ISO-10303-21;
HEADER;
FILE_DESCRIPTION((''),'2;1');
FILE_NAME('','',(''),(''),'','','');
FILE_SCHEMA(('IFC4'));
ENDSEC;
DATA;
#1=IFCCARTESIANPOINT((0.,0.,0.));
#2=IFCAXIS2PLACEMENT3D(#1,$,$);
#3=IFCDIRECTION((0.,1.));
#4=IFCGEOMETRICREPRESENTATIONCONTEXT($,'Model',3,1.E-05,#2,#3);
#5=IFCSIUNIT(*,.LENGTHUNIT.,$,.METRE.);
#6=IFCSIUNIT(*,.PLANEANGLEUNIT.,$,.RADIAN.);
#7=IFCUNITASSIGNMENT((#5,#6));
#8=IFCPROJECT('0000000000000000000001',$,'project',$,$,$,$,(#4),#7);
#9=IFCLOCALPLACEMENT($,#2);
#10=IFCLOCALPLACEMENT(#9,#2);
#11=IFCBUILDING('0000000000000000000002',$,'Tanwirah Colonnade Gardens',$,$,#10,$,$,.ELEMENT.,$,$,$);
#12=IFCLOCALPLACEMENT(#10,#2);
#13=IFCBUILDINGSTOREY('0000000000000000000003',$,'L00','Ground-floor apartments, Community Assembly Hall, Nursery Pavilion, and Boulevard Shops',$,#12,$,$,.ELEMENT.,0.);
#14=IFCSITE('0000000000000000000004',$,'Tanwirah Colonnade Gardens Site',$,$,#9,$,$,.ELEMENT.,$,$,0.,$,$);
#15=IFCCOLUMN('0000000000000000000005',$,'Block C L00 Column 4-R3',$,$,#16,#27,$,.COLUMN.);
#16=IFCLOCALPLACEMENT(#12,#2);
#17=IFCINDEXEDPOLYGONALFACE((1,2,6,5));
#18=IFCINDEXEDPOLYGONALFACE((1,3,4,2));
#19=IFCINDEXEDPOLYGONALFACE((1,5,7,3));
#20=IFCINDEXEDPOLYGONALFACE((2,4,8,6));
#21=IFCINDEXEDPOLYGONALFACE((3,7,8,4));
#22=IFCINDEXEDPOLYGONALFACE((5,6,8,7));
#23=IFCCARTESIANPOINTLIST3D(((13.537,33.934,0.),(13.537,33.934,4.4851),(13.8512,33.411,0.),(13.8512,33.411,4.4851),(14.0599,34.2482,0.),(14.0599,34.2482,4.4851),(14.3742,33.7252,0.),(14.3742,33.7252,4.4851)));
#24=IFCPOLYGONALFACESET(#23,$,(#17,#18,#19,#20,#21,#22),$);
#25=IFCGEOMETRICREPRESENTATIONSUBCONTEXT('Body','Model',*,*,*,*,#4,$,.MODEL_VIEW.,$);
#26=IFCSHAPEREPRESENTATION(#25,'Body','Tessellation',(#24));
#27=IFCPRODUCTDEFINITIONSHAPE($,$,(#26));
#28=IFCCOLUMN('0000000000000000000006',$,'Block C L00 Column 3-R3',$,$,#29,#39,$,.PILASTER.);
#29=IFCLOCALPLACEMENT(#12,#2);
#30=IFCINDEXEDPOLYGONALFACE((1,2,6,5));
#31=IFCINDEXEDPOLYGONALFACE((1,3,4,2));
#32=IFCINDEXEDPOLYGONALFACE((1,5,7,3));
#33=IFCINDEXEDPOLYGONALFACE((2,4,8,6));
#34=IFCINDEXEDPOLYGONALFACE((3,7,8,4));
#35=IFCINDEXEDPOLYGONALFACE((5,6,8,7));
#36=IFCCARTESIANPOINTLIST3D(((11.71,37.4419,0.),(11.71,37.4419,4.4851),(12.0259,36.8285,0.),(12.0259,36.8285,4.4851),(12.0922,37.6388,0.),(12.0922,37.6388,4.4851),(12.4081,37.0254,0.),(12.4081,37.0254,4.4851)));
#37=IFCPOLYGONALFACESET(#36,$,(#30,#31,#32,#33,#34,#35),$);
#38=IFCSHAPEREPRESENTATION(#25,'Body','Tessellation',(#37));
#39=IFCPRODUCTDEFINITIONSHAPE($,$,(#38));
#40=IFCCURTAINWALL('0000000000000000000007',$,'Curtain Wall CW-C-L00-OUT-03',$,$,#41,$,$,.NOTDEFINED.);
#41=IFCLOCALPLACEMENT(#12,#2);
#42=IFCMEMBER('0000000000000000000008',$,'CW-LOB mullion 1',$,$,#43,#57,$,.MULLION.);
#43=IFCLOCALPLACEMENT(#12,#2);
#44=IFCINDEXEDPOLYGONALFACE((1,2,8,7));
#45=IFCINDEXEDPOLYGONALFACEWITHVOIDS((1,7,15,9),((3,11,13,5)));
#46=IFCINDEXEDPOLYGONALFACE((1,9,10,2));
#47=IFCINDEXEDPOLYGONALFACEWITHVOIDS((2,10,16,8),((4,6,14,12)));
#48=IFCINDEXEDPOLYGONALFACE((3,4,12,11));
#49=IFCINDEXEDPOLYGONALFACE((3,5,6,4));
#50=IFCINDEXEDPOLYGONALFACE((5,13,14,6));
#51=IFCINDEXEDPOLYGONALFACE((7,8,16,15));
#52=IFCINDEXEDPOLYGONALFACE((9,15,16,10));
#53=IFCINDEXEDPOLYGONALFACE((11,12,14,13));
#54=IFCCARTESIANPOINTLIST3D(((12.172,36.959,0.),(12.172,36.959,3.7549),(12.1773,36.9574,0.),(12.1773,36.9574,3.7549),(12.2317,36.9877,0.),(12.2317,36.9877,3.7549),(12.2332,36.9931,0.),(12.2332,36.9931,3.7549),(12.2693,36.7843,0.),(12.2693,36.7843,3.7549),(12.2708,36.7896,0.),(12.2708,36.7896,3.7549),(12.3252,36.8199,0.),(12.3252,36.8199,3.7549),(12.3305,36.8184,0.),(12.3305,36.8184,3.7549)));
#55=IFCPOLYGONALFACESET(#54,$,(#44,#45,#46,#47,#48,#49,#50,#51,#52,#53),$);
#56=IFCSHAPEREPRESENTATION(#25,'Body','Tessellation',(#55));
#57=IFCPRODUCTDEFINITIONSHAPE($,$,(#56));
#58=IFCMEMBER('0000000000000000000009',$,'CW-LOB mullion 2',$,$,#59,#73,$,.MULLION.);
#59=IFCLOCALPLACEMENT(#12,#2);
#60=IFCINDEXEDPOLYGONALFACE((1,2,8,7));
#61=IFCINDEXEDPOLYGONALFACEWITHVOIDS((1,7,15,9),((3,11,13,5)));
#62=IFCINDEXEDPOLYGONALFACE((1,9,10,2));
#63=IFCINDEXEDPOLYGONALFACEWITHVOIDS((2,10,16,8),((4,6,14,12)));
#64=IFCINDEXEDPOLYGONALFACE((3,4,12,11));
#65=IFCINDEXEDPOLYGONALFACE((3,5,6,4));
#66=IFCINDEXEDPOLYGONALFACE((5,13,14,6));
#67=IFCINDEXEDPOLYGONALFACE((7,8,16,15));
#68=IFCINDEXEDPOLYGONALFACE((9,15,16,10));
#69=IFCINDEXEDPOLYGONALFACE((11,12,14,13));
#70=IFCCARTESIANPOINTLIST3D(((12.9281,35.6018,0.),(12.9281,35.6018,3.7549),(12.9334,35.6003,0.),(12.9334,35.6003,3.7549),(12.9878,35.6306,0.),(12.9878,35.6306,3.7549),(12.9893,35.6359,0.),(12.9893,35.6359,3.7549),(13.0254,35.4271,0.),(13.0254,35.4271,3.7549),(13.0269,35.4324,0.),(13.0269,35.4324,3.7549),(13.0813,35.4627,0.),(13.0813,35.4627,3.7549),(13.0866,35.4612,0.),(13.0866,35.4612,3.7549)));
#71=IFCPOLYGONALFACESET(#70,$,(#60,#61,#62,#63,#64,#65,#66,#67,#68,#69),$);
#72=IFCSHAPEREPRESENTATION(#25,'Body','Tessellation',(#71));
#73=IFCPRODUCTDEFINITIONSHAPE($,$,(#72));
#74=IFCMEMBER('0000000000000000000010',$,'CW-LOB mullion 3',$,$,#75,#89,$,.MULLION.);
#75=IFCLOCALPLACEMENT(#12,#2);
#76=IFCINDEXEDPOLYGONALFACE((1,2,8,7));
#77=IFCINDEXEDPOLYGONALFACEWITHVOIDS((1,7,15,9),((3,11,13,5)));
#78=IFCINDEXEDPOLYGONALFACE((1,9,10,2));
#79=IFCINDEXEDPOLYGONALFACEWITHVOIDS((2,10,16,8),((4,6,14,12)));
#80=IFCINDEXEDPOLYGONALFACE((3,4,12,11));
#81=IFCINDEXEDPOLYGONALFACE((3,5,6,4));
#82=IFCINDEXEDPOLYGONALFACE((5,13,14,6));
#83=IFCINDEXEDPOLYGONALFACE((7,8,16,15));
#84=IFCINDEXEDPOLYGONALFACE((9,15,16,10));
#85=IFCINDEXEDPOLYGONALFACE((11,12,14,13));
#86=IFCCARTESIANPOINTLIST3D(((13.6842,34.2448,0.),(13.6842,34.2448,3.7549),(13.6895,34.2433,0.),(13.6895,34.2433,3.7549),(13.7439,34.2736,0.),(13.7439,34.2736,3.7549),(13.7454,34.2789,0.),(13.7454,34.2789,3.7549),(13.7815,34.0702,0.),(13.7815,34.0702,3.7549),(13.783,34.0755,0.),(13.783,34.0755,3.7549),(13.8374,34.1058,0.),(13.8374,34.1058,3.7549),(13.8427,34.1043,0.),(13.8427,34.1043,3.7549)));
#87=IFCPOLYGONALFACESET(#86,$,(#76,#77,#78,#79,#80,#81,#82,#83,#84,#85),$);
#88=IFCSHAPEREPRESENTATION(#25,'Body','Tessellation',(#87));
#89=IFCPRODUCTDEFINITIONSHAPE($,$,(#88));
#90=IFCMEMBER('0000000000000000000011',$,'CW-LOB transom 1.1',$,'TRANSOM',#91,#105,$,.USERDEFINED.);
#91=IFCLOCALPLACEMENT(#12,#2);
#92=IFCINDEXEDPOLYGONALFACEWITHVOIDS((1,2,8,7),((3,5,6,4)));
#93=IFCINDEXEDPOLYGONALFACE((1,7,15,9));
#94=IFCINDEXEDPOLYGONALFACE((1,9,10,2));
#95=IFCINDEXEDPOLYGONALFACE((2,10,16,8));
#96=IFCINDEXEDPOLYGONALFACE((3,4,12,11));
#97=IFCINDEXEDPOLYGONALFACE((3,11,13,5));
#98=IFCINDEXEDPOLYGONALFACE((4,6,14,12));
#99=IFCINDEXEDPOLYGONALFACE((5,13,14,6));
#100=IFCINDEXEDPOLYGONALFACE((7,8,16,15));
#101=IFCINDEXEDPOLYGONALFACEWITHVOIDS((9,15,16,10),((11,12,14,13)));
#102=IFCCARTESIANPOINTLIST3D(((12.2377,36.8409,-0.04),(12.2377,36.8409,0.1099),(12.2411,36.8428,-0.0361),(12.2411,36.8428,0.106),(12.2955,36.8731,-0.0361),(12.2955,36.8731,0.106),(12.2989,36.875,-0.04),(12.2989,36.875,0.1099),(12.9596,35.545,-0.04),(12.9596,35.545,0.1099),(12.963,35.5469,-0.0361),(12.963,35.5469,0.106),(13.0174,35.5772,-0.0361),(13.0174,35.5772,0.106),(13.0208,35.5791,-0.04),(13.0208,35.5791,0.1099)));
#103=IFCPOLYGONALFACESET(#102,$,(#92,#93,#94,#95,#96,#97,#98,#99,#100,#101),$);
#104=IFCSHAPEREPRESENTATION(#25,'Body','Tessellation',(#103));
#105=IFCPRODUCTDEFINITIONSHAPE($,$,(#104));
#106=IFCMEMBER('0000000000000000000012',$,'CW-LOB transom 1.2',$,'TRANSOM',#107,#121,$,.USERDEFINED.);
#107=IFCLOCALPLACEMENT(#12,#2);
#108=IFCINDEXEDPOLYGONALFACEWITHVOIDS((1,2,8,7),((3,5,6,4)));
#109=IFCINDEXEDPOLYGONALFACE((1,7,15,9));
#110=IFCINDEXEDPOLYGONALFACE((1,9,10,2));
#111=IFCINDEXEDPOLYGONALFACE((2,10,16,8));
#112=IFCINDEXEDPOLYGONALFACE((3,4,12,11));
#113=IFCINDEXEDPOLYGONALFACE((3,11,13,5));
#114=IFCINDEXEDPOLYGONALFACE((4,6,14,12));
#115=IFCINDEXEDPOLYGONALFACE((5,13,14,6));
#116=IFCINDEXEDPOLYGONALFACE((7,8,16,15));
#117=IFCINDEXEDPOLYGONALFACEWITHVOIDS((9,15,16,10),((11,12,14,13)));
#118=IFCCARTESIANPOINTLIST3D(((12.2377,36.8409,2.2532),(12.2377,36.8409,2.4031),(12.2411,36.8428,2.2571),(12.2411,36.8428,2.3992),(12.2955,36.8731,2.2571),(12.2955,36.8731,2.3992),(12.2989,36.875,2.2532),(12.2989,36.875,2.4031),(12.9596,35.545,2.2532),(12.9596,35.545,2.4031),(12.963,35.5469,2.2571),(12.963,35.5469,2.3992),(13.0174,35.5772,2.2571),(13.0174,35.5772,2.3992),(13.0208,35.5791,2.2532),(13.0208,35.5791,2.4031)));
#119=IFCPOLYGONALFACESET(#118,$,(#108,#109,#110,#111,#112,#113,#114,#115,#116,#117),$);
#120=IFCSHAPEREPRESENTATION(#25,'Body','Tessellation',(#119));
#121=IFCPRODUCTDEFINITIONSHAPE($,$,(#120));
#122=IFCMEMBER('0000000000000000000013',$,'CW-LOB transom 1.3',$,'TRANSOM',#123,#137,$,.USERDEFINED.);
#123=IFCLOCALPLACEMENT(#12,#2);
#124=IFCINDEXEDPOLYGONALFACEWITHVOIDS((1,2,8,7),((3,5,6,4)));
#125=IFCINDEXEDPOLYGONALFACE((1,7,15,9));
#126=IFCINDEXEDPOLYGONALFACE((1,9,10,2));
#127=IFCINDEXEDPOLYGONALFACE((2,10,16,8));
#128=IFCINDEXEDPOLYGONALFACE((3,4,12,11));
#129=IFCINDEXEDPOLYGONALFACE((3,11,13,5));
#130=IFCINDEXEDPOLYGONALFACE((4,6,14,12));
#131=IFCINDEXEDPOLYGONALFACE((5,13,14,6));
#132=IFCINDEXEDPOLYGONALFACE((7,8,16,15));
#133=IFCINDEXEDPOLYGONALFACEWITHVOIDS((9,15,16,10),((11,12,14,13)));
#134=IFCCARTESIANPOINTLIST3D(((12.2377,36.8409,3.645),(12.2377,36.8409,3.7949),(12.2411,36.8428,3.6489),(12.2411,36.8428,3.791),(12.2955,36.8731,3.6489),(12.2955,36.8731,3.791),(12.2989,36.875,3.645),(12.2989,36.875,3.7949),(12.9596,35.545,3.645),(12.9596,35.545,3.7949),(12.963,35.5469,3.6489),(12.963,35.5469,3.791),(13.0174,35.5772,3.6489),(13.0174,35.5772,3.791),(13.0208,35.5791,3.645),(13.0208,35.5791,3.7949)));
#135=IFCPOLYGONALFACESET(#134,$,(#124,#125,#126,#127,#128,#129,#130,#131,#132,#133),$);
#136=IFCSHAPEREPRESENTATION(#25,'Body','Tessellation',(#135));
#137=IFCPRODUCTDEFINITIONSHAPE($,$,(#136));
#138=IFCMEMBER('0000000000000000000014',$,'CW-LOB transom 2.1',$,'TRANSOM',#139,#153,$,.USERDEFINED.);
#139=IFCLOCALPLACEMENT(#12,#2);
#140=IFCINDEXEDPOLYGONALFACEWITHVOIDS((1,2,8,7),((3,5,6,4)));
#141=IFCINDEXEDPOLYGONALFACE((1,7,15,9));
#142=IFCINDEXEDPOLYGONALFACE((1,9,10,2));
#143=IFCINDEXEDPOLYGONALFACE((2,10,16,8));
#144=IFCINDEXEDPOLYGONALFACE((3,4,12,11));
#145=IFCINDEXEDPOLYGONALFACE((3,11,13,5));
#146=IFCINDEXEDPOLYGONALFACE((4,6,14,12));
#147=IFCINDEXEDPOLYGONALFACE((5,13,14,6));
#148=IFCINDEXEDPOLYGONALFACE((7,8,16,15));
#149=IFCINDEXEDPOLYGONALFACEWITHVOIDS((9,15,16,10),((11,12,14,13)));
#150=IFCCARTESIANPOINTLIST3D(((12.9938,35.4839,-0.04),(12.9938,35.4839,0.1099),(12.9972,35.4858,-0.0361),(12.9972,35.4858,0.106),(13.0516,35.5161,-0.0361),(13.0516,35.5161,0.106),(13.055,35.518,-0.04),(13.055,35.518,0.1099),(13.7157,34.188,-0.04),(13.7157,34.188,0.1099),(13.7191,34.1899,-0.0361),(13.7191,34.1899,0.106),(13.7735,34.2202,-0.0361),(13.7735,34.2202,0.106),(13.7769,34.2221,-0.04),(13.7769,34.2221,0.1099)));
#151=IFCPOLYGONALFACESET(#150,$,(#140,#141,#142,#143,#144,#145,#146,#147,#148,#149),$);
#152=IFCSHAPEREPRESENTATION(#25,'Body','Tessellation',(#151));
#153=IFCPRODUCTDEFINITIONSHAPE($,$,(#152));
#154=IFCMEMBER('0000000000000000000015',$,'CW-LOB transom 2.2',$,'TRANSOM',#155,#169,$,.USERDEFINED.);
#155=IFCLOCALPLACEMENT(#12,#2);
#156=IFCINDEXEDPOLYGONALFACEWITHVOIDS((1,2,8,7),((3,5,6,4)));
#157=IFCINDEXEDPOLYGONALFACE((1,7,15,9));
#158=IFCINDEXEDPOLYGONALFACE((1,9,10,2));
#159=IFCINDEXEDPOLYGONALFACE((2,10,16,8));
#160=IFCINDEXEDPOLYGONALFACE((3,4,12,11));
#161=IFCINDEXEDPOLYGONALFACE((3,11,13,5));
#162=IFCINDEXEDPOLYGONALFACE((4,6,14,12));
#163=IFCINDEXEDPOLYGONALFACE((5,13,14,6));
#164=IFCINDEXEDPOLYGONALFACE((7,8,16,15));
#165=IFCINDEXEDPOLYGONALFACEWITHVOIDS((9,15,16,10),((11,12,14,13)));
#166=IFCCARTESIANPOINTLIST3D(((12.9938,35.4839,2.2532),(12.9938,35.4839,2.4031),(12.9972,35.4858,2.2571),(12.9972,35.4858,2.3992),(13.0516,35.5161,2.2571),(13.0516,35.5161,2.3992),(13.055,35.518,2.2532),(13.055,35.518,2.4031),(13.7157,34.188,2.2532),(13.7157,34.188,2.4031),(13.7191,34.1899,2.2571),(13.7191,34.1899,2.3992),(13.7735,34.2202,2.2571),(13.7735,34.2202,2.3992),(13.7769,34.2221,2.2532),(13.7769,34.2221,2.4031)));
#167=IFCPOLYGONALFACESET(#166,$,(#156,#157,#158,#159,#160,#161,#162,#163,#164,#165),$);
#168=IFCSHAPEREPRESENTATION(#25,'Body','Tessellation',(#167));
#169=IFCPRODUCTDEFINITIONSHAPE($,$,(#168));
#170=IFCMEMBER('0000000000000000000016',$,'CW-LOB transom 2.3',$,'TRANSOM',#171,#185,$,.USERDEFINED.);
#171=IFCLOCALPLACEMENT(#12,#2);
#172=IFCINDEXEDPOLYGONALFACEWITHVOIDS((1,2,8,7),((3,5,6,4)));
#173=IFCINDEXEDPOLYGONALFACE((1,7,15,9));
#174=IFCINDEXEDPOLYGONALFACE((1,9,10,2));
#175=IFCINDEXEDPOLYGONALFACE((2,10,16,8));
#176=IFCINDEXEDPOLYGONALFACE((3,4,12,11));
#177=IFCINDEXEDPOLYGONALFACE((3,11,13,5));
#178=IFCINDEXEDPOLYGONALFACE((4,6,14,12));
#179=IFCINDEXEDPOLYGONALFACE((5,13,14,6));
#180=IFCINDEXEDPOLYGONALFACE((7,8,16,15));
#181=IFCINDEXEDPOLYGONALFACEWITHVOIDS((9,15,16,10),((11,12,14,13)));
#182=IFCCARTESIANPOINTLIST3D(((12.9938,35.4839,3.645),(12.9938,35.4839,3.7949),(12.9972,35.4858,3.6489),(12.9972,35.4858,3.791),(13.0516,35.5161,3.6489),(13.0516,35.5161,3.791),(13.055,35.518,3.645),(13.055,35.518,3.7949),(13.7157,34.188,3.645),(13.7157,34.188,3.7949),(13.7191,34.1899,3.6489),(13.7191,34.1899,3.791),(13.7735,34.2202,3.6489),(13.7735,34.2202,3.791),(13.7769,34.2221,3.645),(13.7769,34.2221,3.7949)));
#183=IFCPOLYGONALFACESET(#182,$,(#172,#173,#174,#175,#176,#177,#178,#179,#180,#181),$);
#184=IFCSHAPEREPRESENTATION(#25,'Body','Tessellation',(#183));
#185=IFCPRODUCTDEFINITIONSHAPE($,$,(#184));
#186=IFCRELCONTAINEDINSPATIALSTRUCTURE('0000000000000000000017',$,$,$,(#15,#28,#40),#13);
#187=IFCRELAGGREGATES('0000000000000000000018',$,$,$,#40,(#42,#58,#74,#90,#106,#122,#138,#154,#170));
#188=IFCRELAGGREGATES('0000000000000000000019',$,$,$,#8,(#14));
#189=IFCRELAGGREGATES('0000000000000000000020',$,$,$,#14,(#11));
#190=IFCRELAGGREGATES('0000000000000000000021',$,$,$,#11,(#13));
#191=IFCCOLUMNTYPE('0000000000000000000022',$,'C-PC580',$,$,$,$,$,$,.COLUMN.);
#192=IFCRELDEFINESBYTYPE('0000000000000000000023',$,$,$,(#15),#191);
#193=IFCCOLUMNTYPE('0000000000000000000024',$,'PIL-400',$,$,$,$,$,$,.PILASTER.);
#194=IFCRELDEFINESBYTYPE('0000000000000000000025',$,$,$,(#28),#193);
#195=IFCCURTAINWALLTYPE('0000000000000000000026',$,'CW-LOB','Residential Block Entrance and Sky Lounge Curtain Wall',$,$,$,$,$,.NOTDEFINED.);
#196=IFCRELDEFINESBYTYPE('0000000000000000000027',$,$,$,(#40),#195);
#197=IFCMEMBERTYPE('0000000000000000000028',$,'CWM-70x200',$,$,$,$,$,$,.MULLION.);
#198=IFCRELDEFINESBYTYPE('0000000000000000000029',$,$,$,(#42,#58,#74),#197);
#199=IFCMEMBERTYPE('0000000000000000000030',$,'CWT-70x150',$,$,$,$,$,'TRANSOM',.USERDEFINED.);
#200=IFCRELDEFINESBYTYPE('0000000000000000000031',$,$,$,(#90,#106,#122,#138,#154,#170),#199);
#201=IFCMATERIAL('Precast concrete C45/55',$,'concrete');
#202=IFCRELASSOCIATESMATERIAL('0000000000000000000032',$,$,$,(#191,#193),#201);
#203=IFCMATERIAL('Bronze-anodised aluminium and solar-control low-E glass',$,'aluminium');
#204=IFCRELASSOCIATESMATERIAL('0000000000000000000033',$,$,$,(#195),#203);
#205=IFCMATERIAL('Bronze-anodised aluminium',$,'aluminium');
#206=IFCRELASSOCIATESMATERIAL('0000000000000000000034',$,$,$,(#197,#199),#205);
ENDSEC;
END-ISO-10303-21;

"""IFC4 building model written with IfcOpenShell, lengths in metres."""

from ifc_helpers import new_model, si_unit, direction, frame, origin, origin_2d, place, context, subcontext, project, spatial, rectangle, hollow_rectangle, extrude, material, material_profile, profile_set, type_object, element, aggregate, save


model = new_model("IFC4")

# Units and contexts
model_context = context("Model", 3, precision=1e-05, world=origin(), true_north=direction((0.0, 1.0)))
body_context = subcontext(model_context, "Body", "Model", "MODEL_VIEW")
ifc_project = project(units=[si_unit("LENGTHUNIT", "METRE"), si_unit("PLANEANGLEUNIT", "RADIAN")], contexts=[model_context])

# Site, building, storey
site_placement = place(None, origin())
site = spatial("IfcSite", under=ifc_project, at=site_placement, Name="Tanwirah Colonnade Gardens Site", CompositionType="ELEMENT", RefElevation=0.0)
building_placement = place(site_placement, origin())
building = spatial("IfcBuilding", under=site, at=building_placement, Name="Tanwirah Colonnade Gardens", CompositionType="ELEMENT")
storey_placement = place(building_placement, origin())
storey = spatial("IfcBuildingStorey", under=building, at=storey_placement, Name="L00", Description="Ground-floor apartments, Community Assembly Hall, Nursery Pavilion, and Boulevard Shops", CompositionType="ELEMENT", Elevation=0.0)

# Columns
ifc_material_1 = material(Name="Precast concrete C45/55", Category="concrete")
ifc_material_profile_1 = material_profile(ifc_material_1, rectangle(XDim=0.6101, YDim=0.6101, at=origin_2d()), Name="PC-COL 610x610")
ifc_profile_set_1 = profile_set([ifc_material_profile_1], Name="Precast concrete C45/55")
column_type_1 = type_object("IfcColumnType", Name="C-PC580", PredefinedType="COLUMN", material=ifc_profile_set_1)
column_1_placement = place(storey_placement, frame((13.9556, 33.8296, 0.0), z_axis=(0.0, 0.0, 1.0), x_axis=(-0.857167, -0.515038, 0.0)))
element("IfcColumn", 1, at=column_1_placement, inside=storey, type_object=column_type_1, Name="Block C L00 Column 4-R3", PredefinedType="COLUMN", context=body_context, shape_type="SweptSolid", body=[
    extrude(rectangle(XDim=0.6101, YDim=0.6101, at=origin_2d()), origin(), (0.0, 0.0, 1.0), 4.4851),
])
ifc_material_profile_2 = material_profile(ifc_material_1, rectangle(XDim=0.4299, YDim=0.6899, at=origin_2d()), Name="PC-PIL 430x690")
ifc_profile_set_2 = profile_set([ifc_material_profile_2], Name="Precast concrete C45/55")
column_type_2 = type_object("IfcColumnType", Name="PIL-400", PredefinedType="PILASTER", material=ifc_profile_set_2)
column_2_placement = place(storey_placement, frame((12.0591, 37.2336, 0.0), z_axis=(0.0, 0.0, 1.0), x_axis=(-0.889017, -0.457874, 0.0)))
element("IfcColumn", 2, at=column_2_placement, inside=storey, type_object=column_type_2, Name="Block C L00 Column 3-R3", PredefinedType="PILASTER", context=body_context, shape_type="SweptSolid", body=[
    extrude(rectangle(XDim=0.4299, YDim=0.6899, at=origin_2d()), origin(), (0.0, 0.0, 1.0), 4.4851),
])

# Curtain wall, members
ifc_material_2 = material(Name="Bronze-anodised aluminium and solar-control low-E glass", Category="aluminium")
curtain_wall_type = type_object("IfcCurtainWallType", Name="CW-LOB", Description="Residential Block Entrance and Sky Lounge Curtain Wall", PredefinedType="NOTDEFINED", material=ifc_material_2)
curtain_wall_placement = place(storey_placement, origin())
curtain_wall = element("IfcCurtainWall", 3, at=curtain_wall_placement, inside=storey, type_object=curtain_wall_type, Name="Curtain Wall CW-C-L00-OUT-03", PredefinedType="NOTDEFINED")
ifc_material_3 = material(Name="Bronze-anodised aluminium", Category="aluminium")
ifc_material_profile_3 = material_profile(ifc_material_3, hollow_rectangle(XDim=0.0701, YDim=0.2, WallThickness=0.0039, at=origin_2d()), Name="CW-MUL 70x200x4")
ifc_profile_set_3 = profile_set([ifc_material_profile_3], Name="Bronze-anodised aluminium")
member_type_1 = type_object("IfcMemberType", Name="CWM-70x200", PredefinedType="MULLION", material=ifc_profile_set_3)
member_1_placement = place(storey_placement, frame((12.2512, 36.8887, 0.0), z_axis=(0.0, 0.0, 1.0), x_axis=(0.873561, 0.486715, 0.0)))
member_1 = element("IfcMember", 4, at=member_1_placement, type_object=member_type_1, Name="CW-LOB mullion 1", PredefinedType="MULLION", context=body_context, shape_type="SweptSolid", body=[
    extrude(hollow_rectangle(XDim=0.0701, YDim=0.2, WallThickness=0.0039, at=origin_2d()), origin(), (0.0, 0.0, 1.0), 3.7549),
])
member_2_placement = place(storey_placement, frame((13.0073, 35.5315, 0.0), z_axis=(0.0, 0.0, 1.0), x_axis=(0.873561, 0.486715, 0.0)))
member_2 = element("IfcMember", 5, at=member_2_placement, type_object=member_type_1, Name="CW-LOB mullion 2", PredefinedType="MULLION", context=body_context, shape_type="SweptSolid", body=[
    extrude(hollow_rectangle(XDim=0.0701, YDim=0.2, WallThickness=0.0039, at=origin_2d()), origin(), (0.0, 0.0, 1.0), 3.7549),
])
member_3_placement = place(storey_placement, frame((13.7634, 34.1746, 0.0), z_axis=(0.0, 0.0, 1.0), x_axis=(0.873561, 0.486715, 0.0)))
member_3 = element("IfcMember", 6, at=member_3_placement, type_object=member_type_1, Name="CW-LOB mullion 3", PredefinedType="MULLION", context=body_context, shape_type="SweptSolid", body=[
    extrude(hollow_rectangle(XDim=0.0701, YDim=0.2, WallThickness=0.0039, at=origin_2d()), origin(), (0.0, 0.0, 1.0), 3.7549),
])
ifc_material_profile_4 = material_profile(ifc_material_3, hollow_rectangle(XDim=0.0701, YDim=0.1499, WallThickness=0.0039, at=origin_2d()), Name="CW-TRN 70x150x4")
ifc_profile_set_4 = profile_set([ifc_material_profile_4], Name="Bronze-anodised aluminium")
member_type_2 = type_object("IfcMemberType", Name="CWT-70x150", ElementType="TRANSOM", PredefinedType="USERDEFINED", material=ifc_profile_set_4)
member_4_placement = place(storey_placement, frame((12.2683, 36.8579, 0.0349), z_axis=(0.486663, -0.87359, 0.0), x_axis=(0.87359, 0.486663, 0.0)))
member_4 = element("IfcMember", 7, at=member_4_placement, type_object=member_type_2, Name="CW-LOB transom 1.1", ObjectType="TRANSOM", PredefinedType="USERDEFINED", context=body_context, shape_type="SweptSolid", body=[
    extrude(hollow_rectangle(XDim=0.0701, YDim=0.1499, WallThickness=0.0039, at=origin_2d()), origin(), (0.0, 0.0, 1.0), 1.4834),
])
member_5_placement = place(storey_placement, frame((12.2683, 36.8579, 2.3281), z_axis=(0.486663, -0.87359, 0.0), x_axis=(0.87359, 0.486663, 0.0)))
member_5 = element("IfcMember", 8, at=member_5_placement, type_object=member_type_2, Name="CW-LOB transom 1.2", ObjectType="TRANSOM", PredefinedType="USERDEFINED", context=body_context, shape_type="SweptSolid", body=[
    extrude(hollow_rectangle(XDim=0.0701, YDim=0.1499, WallThickness=0.0039, at=origin_2d()), origin(), (0.0, 0.0, 1.0), 1.4834),
])
member_6_placement = place(storey_placement, frame((12.2683, 36.8579, 3.72), z_axis=(0.486663, -0.87359, 0.0), x_axis=(0.87359, 0.486663, 0.0)))
member_6 = element("IfcMember", 9, at=member_6_placement, type_object=member_type_2, Name="CW-LOB transom 1.3", ObjectType="TRANSOM", PredefinedType="USERDEFINED", context=body_context, shape_type="SweptSolid", body=[
    extrude(hollow_rectangle(XDim=0.0701, YDim=0.1499, WallThickness=0.0039, at=origin_2d()), origin(), (0.0, 0.0, 1.0), 1.4834),
])
member_7_placement = place(storey_placement, frame((13.0244, 35.501, 0.0349), z_axis=(0.486663, -0.87359, 0.0), x_axis=(0.87359, 0.486663, 0.0)))
member_7 = element("IfcMember", 10, at=member_7_placement, type_object=member_type_2, Name="CW-LOB transom 2.1", ObjectType="TRANSOM", PredefinedType="USERDEFINED", context=body_context, shape_type="SweptSolid", body=[
    extrude(hollow_rectangle(XDim=0.0701, YDim=0.1499, WallThickness=0.0039, at=origin_2d()), origin(), (0.0, 0.0, 1.0), 1.4834),
])
member_8_placement = place(storey_placement, frame((13.0244, 35.501, 2.3281), z_axis=(0.486663, -0.87359, 0.0), x_axis=(0.87359, 0.486663, 0.0)))
member_8 = element("IfcMember", 11, at=member_8_placement, type_object=member_type_2, Name="CW-LOB transom 2.2", ObjectType="TRANSOM", PredefinedType="USERDEFINED", context=body_context, shape_type="SweptSolid", body=[
    extrude(hollow_rectangle(XDim=0.0701, YDim=0.1499, WallThickness=0.0039, at=origin_2d()), origin(), (0.0, 0.0, 1.0), 1.4834),
])
member_9_placement = place(storey_placement, frame((13.0244, 35.501, 3.72), z_axis=(0.486663, -0.87359, 0.0), x_axis=(0.87359, 0.486663, 0.0)))
member_9 = element("IfcMember", 12, at=member_9_placement, type_object=member_type_2, Name="CW-LOB transom 2.3", ObjectType="TRANSOM", PredefinedType="USERDEFINED", context=body_context, shape_type="SweptSolid", body=[
    extrude(hollow_rectangle(XDim=0.0701, YDim=0.1499, WallThickness=0.0039, at=origin_2d()), origin(), (0.0, 0.0, 1.0), 1.4834),
])

aggregate(curtain_wall, [member_1, member_2, member_3, member_4, member_5, member_6, member_7, member_8, member_9])

save(model, "model.ifc")
